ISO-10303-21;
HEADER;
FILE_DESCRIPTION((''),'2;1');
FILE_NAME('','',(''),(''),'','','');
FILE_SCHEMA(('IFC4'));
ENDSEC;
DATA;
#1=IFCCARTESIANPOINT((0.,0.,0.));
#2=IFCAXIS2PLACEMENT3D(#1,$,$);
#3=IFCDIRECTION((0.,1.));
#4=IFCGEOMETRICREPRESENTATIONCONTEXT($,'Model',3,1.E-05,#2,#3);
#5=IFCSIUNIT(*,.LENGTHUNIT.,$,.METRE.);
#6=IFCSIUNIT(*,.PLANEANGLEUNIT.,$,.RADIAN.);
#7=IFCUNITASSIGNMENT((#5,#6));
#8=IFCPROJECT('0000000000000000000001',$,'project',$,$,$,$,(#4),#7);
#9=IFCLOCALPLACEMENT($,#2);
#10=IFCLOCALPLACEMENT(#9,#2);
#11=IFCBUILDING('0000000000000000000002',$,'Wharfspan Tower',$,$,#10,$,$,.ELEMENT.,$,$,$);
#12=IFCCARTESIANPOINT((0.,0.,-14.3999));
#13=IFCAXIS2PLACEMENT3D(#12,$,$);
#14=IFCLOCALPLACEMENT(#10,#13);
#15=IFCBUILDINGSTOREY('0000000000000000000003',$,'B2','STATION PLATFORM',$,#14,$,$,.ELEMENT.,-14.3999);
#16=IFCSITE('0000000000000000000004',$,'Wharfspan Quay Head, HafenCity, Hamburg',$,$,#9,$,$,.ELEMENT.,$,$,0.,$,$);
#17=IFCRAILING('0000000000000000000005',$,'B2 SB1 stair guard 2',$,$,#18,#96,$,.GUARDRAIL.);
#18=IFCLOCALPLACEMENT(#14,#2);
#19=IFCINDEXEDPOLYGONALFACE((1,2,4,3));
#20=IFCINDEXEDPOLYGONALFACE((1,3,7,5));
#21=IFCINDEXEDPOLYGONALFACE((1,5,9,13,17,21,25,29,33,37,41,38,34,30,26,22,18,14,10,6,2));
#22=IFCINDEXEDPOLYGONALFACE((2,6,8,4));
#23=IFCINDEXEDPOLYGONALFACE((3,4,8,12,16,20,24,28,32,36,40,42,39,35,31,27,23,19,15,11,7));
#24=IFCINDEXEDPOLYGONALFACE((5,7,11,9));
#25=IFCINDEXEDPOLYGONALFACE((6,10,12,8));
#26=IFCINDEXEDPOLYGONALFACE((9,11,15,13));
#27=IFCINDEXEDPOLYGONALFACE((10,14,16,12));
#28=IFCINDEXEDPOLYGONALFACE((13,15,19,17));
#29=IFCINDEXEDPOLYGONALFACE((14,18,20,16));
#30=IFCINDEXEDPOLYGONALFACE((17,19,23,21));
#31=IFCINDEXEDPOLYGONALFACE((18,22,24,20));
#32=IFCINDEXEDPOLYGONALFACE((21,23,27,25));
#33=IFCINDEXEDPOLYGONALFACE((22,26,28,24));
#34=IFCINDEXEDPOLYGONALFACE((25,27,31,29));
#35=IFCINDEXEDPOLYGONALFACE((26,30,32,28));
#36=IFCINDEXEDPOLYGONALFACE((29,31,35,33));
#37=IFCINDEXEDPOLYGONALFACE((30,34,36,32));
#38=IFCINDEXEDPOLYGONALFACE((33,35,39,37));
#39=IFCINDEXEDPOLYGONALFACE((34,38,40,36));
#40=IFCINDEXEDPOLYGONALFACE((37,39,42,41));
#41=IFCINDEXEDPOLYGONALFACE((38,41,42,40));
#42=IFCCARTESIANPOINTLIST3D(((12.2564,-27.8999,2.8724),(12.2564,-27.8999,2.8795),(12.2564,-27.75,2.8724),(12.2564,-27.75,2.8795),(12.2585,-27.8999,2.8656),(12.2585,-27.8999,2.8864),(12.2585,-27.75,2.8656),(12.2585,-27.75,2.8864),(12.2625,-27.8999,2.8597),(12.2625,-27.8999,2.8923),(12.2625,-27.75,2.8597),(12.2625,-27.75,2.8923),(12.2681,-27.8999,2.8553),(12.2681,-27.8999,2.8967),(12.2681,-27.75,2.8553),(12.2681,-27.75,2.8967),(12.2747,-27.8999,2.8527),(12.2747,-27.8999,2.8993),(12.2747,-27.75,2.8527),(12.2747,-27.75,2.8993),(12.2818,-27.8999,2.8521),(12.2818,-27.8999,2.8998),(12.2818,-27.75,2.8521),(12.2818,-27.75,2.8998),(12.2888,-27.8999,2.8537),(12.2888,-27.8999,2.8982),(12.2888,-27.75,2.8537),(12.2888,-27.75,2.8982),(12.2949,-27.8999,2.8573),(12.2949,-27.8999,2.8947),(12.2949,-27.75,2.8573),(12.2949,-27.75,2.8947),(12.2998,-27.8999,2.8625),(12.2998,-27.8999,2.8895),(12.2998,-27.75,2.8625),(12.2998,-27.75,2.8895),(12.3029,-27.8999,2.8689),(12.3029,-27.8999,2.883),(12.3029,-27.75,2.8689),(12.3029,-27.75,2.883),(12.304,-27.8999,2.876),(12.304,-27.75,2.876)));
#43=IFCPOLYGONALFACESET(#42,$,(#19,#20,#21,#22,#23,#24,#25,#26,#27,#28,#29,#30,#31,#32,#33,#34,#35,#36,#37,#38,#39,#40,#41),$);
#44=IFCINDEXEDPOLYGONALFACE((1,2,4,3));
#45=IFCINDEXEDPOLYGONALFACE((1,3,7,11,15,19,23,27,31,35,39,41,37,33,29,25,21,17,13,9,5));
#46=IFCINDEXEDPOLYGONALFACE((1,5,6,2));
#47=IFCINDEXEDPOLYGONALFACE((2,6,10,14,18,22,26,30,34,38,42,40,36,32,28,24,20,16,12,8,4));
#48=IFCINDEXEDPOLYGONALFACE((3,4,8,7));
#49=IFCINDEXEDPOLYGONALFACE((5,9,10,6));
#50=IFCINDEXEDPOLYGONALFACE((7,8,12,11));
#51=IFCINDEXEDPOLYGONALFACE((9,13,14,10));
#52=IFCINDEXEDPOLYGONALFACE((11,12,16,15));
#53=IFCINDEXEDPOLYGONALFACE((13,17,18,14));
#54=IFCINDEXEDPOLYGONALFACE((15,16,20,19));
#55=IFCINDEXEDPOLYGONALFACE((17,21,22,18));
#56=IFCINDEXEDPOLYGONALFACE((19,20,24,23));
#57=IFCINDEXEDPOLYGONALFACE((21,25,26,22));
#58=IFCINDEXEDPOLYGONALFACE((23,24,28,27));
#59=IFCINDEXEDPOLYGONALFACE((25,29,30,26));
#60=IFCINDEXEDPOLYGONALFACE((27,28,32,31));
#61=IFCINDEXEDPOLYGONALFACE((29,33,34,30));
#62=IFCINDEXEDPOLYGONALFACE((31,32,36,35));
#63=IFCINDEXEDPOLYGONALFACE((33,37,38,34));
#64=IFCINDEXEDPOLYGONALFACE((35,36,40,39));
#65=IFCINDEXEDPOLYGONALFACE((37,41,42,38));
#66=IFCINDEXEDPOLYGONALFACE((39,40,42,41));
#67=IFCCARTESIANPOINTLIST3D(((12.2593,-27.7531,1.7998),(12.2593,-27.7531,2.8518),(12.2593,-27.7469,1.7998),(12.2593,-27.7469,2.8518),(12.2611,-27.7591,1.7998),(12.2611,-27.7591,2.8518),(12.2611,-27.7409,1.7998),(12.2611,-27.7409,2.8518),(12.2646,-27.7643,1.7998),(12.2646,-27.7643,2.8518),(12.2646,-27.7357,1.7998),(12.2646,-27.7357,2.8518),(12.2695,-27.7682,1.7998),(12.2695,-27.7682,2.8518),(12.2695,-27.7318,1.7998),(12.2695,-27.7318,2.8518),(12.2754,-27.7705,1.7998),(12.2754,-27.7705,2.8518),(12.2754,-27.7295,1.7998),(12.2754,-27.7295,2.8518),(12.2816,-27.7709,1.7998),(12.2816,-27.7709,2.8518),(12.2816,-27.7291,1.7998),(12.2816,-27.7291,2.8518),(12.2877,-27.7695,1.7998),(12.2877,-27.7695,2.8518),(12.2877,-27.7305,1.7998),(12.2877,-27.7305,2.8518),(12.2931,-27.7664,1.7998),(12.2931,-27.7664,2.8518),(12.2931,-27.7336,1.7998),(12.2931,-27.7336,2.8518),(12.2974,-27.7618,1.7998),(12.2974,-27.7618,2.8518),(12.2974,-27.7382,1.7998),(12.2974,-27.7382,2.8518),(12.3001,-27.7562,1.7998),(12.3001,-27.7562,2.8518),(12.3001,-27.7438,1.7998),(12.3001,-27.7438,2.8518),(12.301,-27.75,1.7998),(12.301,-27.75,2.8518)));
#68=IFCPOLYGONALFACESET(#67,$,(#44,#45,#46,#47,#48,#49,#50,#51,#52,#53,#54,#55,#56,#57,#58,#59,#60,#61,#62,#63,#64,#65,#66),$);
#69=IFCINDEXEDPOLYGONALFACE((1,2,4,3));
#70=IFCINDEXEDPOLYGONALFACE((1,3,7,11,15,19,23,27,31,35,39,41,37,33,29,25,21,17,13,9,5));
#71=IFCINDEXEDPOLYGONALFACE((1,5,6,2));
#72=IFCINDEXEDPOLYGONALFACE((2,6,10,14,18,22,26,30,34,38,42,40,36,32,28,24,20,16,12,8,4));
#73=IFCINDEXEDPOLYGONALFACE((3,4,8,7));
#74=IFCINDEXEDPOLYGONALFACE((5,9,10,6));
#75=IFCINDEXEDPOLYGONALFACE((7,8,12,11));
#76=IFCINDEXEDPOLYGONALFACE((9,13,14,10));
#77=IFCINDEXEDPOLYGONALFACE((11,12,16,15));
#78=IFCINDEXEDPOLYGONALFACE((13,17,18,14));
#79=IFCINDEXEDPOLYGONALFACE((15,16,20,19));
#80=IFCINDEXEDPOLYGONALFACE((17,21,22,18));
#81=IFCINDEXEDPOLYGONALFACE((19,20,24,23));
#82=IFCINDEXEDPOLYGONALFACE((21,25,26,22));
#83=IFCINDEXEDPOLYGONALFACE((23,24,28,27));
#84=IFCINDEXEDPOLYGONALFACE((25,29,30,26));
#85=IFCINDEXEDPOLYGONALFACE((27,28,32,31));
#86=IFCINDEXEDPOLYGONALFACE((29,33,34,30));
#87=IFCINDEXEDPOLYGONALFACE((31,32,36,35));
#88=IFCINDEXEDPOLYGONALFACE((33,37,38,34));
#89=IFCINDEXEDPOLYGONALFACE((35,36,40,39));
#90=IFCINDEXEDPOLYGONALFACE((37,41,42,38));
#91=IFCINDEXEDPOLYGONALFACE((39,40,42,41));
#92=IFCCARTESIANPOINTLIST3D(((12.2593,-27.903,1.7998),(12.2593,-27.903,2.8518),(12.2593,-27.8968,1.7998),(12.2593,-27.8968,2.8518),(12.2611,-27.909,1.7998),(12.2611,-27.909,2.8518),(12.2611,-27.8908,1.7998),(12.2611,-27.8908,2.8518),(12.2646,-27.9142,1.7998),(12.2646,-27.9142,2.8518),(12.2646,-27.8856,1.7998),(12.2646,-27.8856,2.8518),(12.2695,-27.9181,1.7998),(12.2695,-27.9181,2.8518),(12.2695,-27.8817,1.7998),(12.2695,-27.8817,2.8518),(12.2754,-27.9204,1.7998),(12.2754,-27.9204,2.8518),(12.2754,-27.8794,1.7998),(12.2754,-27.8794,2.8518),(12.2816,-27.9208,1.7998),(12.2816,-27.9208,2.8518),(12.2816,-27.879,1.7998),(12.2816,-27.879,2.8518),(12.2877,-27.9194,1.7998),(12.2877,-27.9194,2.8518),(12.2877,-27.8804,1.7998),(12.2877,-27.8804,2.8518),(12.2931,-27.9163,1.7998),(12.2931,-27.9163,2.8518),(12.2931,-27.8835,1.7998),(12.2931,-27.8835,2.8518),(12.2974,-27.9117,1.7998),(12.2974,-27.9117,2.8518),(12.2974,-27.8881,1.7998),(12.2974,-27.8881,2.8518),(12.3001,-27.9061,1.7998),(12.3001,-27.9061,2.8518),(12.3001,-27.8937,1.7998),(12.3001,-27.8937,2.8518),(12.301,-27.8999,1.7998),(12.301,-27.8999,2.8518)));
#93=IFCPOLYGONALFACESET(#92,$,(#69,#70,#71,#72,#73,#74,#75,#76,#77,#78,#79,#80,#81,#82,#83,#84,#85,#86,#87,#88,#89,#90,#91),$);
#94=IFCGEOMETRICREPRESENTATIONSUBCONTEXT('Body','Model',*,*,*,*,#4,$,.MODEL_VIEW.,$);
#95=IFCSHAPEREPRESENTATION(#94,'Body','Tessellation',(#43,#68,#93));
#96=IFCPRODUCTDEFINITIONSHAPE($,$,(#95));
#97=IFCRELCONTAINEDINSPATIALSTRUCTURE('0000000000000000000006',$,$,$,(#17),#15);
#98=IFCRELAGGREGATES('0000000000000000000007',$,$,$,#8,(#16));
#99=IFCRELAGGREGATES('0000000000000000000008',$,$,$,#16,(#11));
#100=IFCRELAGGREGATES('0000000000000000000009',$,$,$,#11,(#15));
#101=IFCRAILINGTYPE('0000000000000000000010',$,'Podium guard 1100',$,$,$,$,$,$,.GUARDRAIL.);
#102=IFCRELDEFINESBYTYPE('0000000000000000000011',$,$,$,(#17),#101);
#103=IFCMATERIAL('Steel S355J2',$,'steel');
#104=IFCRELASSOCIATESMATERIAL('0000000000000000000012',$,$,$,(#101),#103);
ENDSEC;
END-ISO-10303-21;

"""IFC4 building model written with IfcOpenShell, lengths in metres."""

from ifc_helpers import new_model, si_unit, direction, frame, origin, origin_2d, place, context, subcontext, project, spatial, circle, extrude, material, type_object, element, save


model = new_model("IFC4")

# Units and contexts
model_context = context("Model", 3, precision=1e-05, world=origin(), true_north=direction((0.0, 1.0)))
body_context = subcontext(model_context, "Body", "Model", "MODEL_VIEW")
ifc_project = project(units=[si_unit("LENGTHUNIT", "METRE"), si_unit("PLANEANGLEUNIT", "RADIAN")], contexts=[model_context])

# Site, building, storey
site_placement = place(None, origin())
site = spatial("IfcSite", under=ifc_project, at=site_placement, Name="Wharfspan Quay Head, HafenCity, Hamburg", CompositionType="ELEMENT", RefElevation=0.0)
building_placement = place(site_placement, origin())
building = spatial("IfcBuilding", under=site, at=building_placement, Name="Wharfspan Tower", CompositionType="ELEMENT")
storey_placement = place(building_placement, frame((0.0, 0.0, -14.3999)))
storey = spatial("IfcBuildingStorey", under=building, at=storey_placement, Name="B2", Description="STATION PLATFORM", CompositionType="ELEMENT", Elevation=-14.3999)

# Railing
ifc_material_1 = material(Name="Steel S355J2", Category="steel")
railing_type_1 = type_object("IfcRailingType", Name="Podium guard 1100", PredefinedType="GUARDRAIL", material=ifc_material_1)
railing_1_placement = place(storey_placement, frame((12.28, -27.75, 1.7998)))
element("IfcRailing", 1, at=railing_1_placement, inside=storey, type_object=railing_type_1, Name="B2 SB1 stair guard 2", PredefinedType="GUARDRAIL", context=body_context, shape_type="SweptSolid", body=[
    extrude(circle(Radius=0.0239, at=origin_2d()), frame((0.0, 0.0, 1.0762), z_axis=(0.0, -1.0, 0.0), x_axis=(1.0, 0.0, 0.0)), (0.0, 0.0, 1.0), 0.1499),
    extrude(circle(Radius=0.021, at=origin_2d()), origin(), (0.0, 0.0, 1.0), 1.052),
    extrude(circle(Radius=0.021, at=origin_2d()), frame((0.0, -0.1499, 0.0)), (0.0, 0.0, 1.0), 1.052),
])

save(model, "model.ifc")
